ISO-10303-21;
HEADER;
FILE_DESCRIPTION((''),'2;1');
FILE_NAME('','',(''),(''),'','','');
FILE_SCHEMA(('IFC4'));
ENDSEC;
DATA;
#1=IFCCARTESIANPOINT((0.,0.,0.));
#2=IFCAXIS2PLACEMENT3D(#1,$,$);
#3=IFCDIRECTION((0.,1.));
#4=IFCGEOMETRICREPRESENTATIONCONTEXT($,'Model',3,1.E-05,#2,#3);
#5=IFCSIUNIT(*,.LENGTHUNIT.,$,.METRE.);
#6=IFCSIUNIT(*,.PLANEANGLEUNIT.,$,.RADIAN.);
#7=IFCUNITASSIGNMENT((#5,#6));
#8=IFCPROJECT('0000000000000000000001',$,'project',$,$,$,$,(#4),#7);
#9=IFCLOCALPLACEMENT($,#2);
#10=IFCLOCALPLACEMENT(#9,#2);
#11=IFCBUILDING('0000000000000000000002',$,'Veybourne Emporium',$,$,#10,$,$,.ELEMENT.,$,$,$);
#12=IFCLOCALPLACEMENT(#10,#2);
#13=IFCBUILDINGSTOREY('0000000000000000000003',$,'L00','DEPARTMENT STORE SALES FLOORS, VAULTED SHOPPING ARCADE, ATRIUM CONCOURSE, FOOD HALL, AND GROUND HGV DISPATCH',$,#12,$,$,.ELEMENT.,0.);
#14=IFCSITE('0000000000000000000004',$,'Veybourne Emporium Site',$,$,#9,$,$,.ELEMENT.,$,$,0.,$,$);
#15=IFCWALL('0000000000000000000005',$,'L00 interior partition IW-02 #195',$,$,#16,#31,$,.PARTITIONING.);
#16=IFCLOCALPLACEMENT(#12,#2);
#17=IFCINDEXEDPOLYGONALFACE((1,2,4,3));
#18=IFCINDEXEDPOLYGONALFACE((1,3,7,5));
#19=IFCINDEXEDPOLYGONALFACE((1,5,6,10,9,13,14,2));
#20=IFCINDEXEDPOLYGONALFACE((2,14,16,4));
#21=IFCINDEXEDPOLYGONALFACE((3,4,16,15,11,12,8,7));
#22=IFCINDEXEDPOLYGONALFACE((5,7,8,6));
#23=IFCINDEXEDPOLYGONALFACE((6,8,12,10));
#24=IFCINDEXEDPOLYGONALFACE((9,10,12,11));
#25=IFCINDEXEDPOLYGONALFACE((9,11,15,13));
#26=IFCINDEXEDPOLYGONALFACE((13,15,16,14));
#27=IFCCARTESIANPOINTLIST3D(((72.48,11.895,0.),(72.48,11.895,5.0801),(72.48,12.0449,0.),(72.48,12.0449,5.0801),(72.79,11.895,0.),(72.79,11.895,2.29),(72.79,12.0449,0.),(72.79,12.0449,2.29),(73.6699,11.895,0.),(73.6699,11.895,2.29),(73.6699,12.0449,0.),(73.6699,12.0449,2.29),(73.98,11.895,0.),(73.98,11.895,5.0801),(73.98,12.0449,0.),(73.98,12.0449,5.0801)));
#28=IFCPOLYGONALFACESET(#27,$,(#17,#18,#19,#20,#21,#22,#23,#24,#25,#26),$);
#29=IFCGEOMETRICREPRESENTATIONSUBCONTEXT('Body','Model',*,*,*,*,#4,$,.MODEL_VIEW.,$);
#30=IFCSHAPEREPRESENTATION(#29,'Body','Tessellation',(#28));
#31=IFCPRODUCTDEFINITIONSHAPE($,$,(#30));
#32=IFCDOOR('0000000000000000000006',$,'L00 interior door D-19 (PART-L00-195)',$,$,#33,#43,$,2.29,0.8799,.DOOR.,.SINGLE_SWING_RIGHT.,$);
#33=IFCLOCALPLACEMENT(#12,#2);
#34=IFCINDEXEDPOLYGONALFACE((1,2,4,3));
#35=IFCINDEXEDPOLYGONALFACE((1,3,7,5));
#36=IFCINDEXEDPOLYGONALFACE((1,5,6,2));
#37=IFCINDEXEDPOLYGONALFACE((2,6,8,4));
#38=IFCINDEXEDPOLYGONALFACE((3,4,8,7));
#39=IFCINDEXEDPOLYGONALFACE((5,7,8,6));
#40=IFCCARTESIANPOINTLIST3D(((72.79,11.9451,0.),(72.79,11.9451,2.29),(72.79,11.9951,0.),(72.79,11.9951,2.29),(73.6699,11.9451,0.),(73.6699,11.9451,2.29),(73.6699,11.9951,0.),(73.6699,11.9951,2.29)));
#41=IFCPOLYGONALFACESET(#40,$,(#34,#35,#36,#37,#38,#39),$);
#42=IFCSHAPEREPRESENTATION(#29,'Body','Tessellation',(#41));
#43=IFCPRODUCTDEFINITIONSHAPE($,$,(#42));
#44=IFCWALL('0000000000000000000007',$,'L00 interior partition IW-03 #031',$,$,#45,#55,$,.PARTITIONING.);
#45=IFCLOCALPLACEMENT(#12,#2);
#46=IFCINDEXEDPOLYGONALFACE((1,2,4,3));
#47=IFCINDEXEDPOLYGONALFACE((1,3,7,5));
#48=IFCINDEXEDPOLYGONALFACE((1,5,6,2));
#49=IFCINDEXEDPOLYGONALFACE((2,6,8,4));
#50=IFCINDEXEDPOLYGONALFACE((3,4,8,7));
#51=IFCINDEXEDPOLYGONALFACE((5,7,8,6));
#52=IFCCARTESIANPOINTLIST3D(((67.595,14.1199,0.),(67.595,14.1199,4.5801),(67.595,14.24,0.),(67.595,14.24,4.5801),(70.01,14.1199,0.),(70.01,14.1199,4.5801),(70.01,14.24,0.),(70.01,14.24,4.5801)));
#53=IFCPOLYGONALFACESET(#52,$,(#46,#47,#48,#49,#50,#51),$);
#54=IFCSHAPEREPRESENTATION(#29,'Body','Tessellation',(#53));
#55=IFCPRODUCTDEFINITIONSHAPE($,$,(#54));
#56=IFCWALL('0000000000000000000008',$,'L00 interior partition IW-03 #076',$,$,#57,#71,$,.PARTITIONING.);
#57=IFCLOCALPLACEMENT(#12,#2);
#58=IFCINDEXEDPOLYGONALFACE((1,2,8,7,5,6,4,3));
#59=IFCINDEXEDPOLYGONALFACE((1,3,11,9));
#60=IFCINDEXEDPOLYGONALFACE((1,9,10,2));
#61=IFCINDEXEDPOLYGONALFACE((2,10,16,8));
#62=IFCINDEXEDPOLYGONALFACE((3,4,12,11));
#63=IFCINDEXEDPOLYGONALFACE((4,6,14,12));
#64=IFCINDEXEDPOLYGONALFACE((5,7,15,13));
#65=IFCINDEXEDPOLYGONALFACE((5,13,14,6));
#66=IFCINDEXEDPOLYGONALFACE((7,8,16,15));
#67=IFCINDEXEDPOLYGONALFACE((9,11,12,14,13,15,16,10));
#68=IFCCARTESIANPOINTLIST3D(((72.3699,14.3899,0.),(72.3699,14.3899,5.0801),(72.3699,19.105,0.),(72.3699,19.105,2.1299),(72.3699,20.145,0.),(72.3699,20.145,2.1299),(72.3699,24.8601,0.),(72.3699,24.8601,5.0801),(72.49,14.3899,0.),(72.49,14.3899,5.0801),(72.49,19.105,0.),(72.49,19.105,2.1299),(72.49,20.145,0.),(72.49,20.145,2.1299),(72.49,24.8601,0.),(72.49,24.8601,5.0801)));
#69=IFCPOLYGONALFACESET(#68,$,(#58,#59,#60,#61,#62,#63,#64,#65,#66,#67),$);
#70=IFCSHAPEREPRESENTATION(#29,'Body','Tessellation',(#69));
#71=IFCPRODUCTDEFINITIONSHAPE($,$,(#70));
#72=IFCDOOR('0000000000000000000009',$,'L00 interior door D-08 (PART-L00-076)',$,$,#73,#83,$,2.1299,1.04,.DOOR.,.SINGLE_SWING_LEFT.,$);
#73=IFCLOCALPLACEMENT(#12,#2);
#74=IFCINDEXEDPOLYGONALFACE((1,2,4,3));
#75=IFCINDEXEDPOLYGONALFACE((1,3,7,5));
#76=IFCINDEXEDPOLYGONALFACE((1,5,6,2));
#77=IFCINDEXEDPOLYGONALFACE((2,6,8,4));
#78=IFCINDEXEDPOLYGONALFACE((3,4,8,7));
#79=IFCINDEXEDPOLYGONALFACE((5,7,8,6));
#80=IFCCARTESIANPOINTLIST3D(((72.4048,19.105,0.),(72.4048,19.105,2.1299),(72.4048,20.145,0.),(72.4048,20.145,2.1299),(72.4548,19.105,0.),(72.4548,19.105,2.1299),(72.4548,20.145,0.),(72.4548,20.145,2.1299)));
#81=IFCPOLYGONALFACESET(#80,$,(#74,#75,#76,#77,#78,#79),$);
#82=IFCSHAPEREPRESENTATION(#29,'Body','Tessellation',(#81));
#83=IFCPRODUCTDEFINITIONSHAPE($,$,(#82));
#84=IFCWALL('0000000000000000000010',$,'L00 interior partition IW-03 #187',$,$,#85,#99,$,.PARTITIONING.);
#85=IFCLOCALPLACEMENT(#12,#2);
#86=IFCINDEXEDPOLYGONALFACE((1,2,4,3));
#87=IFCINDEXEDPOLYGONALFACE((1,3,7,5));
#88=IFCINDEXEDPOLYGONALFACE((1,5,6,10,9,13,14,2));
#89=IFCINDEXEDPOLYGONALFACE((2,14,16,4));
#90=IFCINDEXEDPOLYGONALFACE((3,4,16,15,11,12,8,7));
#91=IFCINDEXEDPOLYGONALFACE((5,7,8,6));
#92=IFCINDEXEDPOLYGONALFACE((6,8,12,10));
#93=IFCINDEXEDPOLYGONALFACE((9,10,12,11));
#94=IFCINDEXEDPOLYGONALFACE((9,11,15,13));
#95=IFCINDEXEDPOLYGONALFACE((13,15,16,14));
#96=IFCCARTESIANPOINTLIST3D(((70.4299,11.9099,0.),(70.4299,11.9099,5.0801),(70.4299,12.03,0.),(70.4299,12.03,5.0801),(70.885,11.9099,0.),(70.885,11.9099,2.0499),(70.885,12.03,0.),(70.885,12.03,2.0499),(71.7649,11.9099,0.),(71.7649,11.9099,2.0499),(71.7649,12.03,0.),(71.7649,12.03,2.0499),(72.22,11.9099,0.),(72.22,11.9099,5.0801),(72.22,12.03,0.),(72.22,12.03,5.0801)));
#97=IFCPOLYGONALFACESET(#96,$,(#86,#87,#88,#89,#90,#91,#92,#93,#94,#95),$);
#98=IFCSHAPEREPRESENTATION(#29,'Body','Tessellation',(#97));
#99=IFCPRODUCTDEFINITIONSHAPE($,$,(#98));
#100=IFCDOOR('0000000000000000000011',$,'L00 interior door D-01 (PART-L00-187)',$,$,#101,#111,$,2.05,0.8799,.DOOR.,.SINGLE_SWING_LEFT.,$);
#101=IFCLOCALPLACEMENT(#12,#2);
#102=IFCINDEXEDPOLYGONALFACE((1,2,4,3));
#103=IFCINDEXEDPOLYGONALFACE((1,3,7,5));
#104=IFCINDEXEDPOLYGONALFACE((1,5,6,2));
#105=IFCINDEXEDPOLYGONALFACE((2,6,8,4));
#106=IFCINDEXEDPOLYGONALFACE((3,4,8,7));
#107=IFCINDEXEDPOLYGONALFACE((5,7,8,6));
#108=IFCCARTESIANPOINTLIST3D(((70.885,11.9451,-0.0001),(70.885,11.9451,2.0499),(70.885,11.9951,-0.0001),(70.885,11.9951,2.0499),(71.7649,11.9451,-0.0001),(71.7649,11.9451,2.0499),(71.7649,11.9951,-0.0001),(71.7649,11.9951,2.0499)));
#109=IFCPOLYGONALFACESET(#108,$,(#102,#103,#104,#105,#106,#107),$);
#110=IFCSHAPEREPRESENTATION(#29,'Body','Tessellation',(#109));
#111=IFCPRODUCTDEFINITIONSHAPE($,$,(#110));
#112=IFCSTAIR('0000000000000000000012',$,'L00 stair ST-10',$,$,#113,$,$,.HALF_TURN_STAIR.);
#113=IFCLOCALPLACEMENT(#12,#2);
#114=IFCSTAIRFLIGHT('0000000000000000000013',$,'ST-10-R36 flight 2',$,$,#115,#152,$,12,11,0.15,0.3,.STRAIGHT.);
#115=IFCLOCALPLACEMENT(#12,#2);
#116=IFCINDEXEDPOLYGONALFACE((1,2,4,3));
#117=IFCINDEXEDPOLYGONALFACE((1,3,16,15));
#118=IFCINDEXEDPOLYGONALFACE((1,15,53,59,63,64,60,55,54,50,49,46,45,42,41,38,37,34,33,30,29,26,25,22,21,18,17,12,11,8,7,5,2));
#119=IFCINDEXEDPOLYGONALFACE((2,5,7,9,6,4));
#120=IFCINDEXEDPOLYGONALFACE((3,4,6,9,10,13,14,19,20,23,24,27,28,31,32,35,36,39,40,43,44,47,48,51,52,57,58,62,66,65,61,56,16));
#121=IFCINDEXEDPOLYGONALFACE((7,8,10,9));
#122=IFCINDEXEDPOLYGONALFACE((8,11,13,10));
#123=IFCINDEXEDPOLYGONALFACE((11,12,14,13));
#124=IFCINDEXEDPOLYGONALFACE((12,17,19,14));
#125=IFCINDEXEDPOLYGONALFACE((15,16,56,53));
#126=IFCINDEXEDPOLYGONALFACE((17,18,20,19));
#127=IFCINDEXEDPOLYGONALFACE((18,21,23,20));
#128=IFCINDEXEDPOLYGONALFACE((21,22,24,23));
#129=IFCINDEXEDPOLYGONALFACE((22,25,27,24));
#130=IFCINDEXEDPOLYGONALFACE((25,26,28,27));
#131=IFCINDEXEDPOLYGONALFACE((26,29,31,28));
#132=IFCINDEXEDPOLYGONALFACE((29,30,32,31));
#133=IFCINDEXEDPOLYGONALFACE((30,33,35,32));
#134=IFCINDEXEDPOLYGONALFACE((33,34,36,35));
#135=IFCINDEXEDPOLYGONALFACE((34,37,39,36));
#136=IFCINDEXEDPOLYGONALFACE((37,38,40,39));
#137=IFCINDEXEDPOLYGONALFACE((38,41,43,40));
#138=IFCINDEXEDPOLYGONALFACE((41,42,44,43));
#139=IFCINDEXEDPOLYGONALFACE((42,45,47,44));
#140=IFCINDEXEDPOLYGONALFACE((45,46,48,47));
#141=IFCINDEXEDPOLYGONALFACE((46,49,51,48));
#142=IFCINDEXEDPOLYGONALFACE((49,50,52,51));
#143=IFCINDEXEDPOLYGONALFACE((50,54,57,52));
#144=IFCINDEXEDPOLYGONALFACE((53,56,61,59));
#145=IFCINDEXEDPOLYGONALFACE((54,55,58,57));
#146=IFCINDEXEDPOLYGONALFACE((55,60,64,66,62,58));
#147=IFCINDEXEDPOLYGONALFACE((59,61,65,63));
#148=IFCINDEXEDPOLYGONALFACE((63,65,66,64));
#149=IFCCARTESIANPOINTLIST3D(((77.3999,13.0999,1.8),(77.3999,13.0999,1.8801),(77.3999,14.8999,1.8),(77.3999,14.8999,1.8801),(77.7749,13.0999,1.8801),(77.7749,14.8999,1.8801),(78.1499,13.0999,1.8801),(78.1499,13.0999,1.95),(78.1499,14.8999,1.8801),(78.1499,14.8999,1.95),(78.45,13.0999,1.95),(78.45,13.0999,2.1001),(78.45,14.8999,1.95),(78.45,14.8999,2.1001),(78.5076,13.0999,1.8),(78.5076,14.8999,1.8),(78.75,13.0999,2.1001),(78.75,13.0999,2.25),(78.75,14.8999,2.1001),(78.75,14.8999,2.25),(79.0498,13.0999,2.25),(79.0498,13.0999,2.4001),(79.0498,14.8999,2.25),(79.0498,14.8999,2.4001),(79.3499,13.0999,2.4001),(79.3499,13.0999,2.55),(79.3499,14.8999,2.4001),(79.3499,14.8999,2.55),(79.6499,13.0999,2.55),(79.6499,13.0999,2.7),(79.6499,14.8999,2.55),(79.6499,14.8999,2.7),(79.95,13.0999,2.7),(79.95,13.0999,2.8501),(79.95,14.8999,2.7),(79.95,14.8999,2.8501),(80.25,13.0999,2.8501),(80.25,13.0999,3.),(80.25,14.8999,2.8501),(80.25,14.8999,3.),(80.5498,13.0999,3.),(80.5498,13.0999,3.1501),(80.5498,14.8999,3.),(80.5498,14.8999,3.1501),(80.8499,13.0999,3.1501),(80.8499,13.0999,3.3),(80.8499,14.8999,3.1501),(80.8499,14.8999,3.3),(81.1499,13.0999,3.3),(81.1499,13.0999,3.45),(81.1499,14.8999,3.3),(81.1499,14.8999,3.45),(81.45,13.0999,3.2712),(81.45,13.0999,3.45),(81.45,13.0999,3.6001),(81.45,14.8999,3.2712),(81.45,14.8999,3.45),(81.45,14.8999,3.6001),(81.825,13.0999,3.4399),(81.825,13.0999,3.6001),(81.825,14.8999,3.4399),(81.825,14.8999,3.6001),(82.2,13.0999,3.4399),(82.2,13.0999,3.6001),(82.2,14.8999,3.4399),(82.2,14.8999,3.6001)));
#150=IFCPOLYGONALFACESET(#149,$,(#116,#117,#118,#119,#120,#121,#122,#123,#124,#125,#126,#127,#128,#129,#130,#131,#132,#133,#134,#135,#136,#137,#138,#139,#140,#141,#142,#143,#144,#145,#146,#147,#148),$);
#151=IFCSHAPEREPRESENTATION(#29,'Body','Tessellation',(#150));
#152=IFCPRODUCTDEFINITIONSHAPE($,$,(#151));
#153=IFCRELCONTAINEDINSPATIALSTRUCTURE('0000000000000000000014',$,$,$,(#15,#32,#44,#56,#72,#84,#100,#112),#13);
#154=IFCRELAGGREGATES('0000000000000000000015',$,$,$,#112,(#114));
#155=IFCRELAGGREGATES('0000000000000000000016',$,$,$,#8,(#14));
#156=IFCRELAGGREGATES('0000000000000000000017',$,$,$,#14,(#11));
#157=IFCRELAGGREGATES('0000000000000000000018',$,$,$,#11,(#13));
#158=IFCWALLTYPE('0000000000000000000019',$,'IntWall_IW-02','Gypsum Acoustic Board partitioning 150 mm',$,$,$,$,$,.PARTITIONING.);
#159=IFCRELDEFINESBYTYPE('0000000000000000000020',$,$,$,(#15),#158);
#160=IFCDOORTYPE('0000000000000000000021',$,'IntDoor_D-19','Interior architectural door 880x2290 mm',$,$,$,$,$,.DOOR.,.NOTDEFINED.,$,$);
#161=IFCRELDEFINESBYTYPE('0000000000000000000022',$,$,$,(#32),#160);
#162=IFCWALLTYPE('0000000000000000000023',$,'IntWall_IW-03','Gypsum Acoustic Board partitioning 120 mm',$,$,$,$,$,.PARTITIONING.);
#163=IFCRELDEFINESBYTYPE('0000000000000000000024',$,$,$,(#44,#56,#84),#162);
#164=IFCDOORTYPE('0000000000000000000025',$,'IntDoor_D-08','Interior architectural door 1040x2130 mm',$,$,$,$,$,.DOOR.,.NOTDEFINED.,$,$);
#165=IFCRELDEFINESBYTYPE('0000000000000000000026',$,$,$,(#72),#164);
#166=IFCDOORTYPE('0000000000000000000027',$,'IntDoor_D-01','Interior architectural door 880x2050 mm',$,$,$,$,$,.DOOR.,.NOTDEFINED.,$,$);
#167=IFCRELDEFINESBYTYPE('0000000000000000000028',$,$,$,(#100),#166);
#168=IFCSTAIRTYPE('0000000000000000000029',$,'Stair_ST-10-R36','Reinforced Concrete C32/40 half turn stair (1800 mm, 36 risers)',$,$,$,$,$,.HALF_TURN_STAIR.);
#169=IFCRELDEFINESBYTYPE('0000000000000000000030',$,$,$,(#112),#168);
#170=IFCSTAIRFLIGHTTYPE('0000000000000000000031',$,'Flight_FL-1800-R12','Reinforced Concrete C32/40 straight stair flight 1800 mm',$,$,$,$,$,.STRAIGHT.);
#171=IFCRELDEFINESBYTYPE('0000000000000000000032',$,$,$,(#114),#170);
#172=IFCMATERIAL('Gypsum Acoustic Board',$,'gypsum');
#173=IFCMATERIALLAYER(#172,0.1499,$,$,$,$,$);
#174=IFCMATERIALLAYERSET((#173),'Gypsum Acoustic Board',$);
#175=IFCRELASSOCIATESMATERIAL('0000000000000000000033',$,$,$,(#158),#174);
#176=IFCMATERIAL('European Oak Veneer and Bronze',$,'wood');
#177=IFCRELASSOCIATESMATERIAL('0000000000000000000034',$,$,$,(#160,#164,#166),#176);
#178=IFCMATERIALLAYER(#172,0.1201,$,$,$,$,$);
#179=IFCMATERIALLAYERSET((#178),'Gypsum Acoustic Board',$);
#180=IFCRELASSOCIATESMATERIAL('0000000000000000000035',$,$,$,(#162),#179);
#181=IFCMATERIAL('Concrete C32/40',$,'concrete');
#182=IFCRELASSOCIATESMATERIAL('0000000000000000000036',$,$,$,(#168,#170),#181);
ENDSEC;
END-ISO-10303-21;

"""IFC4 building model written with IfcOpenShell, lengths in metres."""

from ifc_helpers import new_model, si_unit, direction, frame, frame_2d, origin, place, context, subcontext, project, spatial, polyline, rectangle, outline, extrude, material, layer, layer_set, type_object, element, fill, aggregate, save


model = new_model("IFC4")

# Units and contexts
model_context = context("Model", 3, precision=1e-05, world=origin(), true_north=direction((0.0, 1.0)))
body_context = subcontext(model_context, "Body", "Model", "MODEL_VIEW")
ifc_project = project(units=[si_unit("LENGTHUNIT", "METRE"), si_unit("PLANEANGLEUNIT", "RADIAN")], contexts=[model_context])

# Site, building, storey
site_placement = place(None, origin())
site = spatial("IfcSite", under=ifc_project, at=site_placement, Name="Veybourne Emporium Site", CompositionType="ELEMENT", RefElevation=0.0)
building_placement = place(site_placement, origin())
building = spatial("IfcBuilding", under=site, at=building_placement, Name="Veybourne Emporium", CompositionType="ELEMENT")
storey_placement = place(building_placement, origin())
storey = spatial("IfcBuildingStorey", under=building, at=storey_placement, Name="L00", Description="DEPARTMENT STORE SALES FLOORS, VAULTED SHOPPING ARCADE, ATRIUM CONCOURSE, FOOD HALL, AND GROUND HGV DISPATCH", CompositionType="ELEMENT", Elevation=0.0)

# Shared definitions
ifc_material_1 = material(Name="Concrete C32/40", Category="concrete")

# Shared definitions
ifc_material_2 = material(Name="Gypsum Acoustic Board", Category="gypsum")
ifc_material_3 = material(Name="European Oak Veneer and Bronze", Category="wood")
ifc_layer_1 = layer(ifc_material_2, 0.1499)
ifc_layer_set_1 = layer_set([ifc_layer_1], Name="Gypsum Acoustic Board")
wall_type_1 = type_object("IfcWallType", Name="IntWall_IW-02", Description="Gypsum Acoustic Board partitioning 150 mm", PredefinedType="PARTITIONING", material=ifc_layer_set_1)

# Wall, opening, door
wall_1_placement = place(storey_placement, frame((72.48, 11.97, 0.0), z_axis=(0.0, 0.0, 1.0), x_axis=(1.0, 0.0, 0.0)))
wall_1 = element("IfcWall", 1, at=wall_1_placement, inside=storey, type_object=wall_type_1, Name="L00 interior partition IW-02 #195", PredefinedType="PARTITIONING", context=body_context, shape_type="SweptSolid", body=[
    extrude(rectangle(XDim=1.5, YDim=0.1499, at=frame_2d((0.75, 0.0))), origin(), (0.0, 0.0, 1.0), 5.0801),
])
opening_1_placement = place(wall_1_placement, frame((0.3101, 0.0, 0.0)))
opening_1 = element("IfcOpeningElement", 2, at=opening_1_placement, cuts=wall_1, PredefinedType="OPENING", context=body_context, shape_type="SweptSolid", body=[
    extrude(rectangle(XDim=0.8799, YDim=2.29, at=frame_2d((0.4399, 1.145))), frame((0.0, 0.095, 0.0), z_axis=(0.0, -1.0, 0.0), x_axis=(1.0, 0.0, 0.0)), (0.0, 0.0, 1.0), 0.1899),
])
door_type_1 = type_object("IfcDoorType", Name="IntDoor_D-19", Description="Interior architectural door 880x2290 mm", OperationType="NOTDEFINED", PredefinedType="DOOR", material=ifc_material_3)
door_1_placement = place(opening_1_placement, frame((0.8799, 0.0, 0.0), z_axis=(0.0, 0.0, 1.0), x_axis=(-1.0, 0.0, 0.0)))
door_1 = element("IfcDoor", 3, at=door_1_placement, inside=storey, type_object=door_type_1, Name="L00 interior door D-19 (PART-L00-195)", OperationType="SINGLE_SWING_RIGHT", OverallHeight=2.29, OverallWidth=0.8799, PredefinedType="DOOR", context=body_context, shape_type="SweptSolid", body=[
    extrude(rectangle(XDim=0.8799, YDim=2.29, at=frame_2d((0.4399, 1.145))), frame((0.0, 0.0249, 0.0), z_axis=(0.0, -1.0, 0.0), x_axis=(1.0, 0.0, 0.0)), (0.0, 0.0, 1.0), 0.05),
])
fill(opening_1, door_1)

# Wall
ifc_layer_2 = layer(ifc_material_2, 0.1201)
ifc_layer_set_2 = layer_set([ifc_layer_2], Name="Gypsum Acoustic Board")
wall_type_2 = type_object("IfcWallType", Name="IntWall_IW-03", Description="Gypsum Acoustic Board partitioning 120 mm", PredefinedType="PARTITIONING", material=ifc_layer_set_2)
wall_2_placement = place(storey_placement, frame((67.595, 14.1799, 0.0), z_axis=(0.0, 0.0, 1.0), x_axis=(1.0, 0.0, 0.0)))
element("IfcWall", 4, at=wall_2_placement, inside=storey, type_object=wall_type_2, Name="L00 interior partition IW-03 #031", PredefinedType="PARTITIONING", context=body_context, shape_type="SweptSolid", body=[
    extrude(rectangle(XDim=2.415, YDim=0.1201, at=frame_2d((1.2075, 0.0))), origin(), (0.0, 0.0, 1.0), 4.5801),
])

# Walls, openings, doors
wall_3_placement = place(storey_placement, frame((72.4299, 14.3899, 0.0), z_axis=(0.0, 0.0, 1.0), x_axis=(0.0, 1.0, 0.0)))
wall_3 = element("IfcWall", 5, at=wall_3_placement, inside=storey, type_object=wall_type_2, Name="L00 interior partition IW-03 #076", PredefinedType="PARTITIONING", context=body_context, shape_type="SweptSolid", body=[
    extrude(rectangle(XDim=10.4702, YDim=0.1201, at=frame_2d((5.2351, 0.0))), origin(), (0.0, 0.0, 1.0), 5.0801),
])
opening_2_placement = place(wall_3_placement, frame((4.7151, 0.0, 0.0)))
opening_2 = element("IfcOpeningElement", 6, at=opening_2_placement, cuts=wall_3, PredefinedType="OPENING", context=body_context, shape_type="SweptSolid", body=[
    extrude(rectangle(XDim=1.04, YDim=2.1299, at=frame_2d((0.52, 1.0649))), frame((0.0, 0.0801, 0.0), z_axis=(0.0, -1.0, 0.0), x_axis=(1.0, 0.0, 0.0)), (0.0, 0.0, 1.0), 0.1602),
])
door_type_2 = type_object("IfcDoorType", Name="IntDoor_D-08", Description="Interior architectural door 1040x2130 mm", OperationType="NOTDEFINED", PredefinedType="DOOR", material=ifc_material_3)
door_2_placement = place(opening_2_placement, frame((1.04, 0.0, 0.0), z_axis=(0.0, 0.0, 1.0), x_axis=(-1.0, 0.0, 0.0)))
door_2 = element("IfcDoor", 7, at=door_2_placement, inside=storey, type_object=door_type_2, Name="L00 interior door D-08 (PART-L00-076)", OperationType="SINGLE_SWING_LEFT", OverallHeight=2.1299, OverallWidth=1.04, PredefinedType="DOOR", context=body_context, shape_type="SweptSolid", body=[
    extrude(rectangle(XDim=1.04, YDim=2.1299, at=frame_2d((0.52, 1.0649))), frame((0.0, 0.0249, 0.0), z_axis=(0.0, -1.0, 0.0), x_axis=(1.0, 0.0, 0.0)), (0.0, 0.0, 1.0), 0.05),
])
fill(opening_2, door_2)
wall_4_placement = place(storey_placement, frame((70.4299, 11.97, 0.0), z_axis=(0.0, 0.0, 1.0), x_axis=(1.0, 0.0, 0.0)))
wall_4 = element("IfcWall", 8, at=wall_4_placement, inside=storey, type_object=wall_type_2, Name="L00 interior partition IW-03 #187", PredefinedType="PARTITIONING", context=body_context, shape_type="SweptSolid", body=[
    extrude(rectangle(XDim=1.79, YDim=0.1201, at=frame_2d((0.895, 0.0))), origin(), (0.0, 0.0, 1.0), 5.0801),
])
opening_3_placement = place(wall_4_placement, frame((0.4551, 0.0, 0.0)))
opening_3 = element("IfcOpeningElement", 9, at=opening_3_placement, cuts=wall_4, PredefinedType="OPENING", context=body_context, shape_type="SweptSolid", body=[
    extrude(rectangle(XDim=0.8799, YDim=2.05, at=frame_2d((0.4399, 1.0249))), frame((0.0, 0.0801, 0.0), z_axis=(0.0, -1.0, 0.0), x_axis=(1.0, 0.0, 0.0)), (0.0, 0.0, 1.0), 0.1602),
])
door_type_3 = type_object("IfcDoorType", Name="IntDoor_D-01", Description="Interior architectural door 880x2050 mm", OperationType="NOTDEFINED", PredefinedType="DOOR", material=ifc_material_3)
door_3_placement = place(opening_3_placement, frame((0.8799, 0.0, 0.0), z_axis=(0.0, 0.0, 1.0), x_axis=(-1.0, 0.0, 0.0)))
door_3 = element("IfcDoor", 10, at=door_3_placement, inside=storey, type_object=door_type_3, Name="L00 interior door D-01 (PART-L00-187)", OperationType="SINGLE_SWING_LEFT", OverallHeight=2.05, OverallWidth=0.8799, PredefinedType="DOOR", context=body_context, shape_type="SweptSolid", body=[
    extrude(rectangle(XDim=0.8799, YDim=2.05, at=frame_2d((0.4399, 1.0249))), frame((0.0, 0.0249, 0.0), z_axis=(0.0, -1.0, 0.0), x_axis=(1.0, 0.0, 0.0)), (0.0, 0.0, 1.0), 0.05),
])
fill(opening_3, door_3)

# Stair, stair flight
stair_type = type_object("IfcStairType", Name="Stair_ST-10-R36", Description="Reinforced Concrete C32/40 half turn stair (1800 mm, 36 risers)", PredefinedType="HALF_TURN_STAIR", material=ifc_material_1)
stair_placement = place(storey_placement, origin())
stair = element("IfcStair", 11, at=stair_placement, inside=storey, type_object=stair_type, Name="L00 stair ST-10", PredefinedType="HALF_TURN_STAIR")
stair_flight_type = type_object("IfcStairFlightType", Name="Flight_FL-1800-R12", Description="Reinforced Concrete C32/40 straight stair flight 1800 mm", PredefinedType="STRAIGHT", material=ifc_material_1)
stair_flight_placement = place(storey_placement, frame((78.1499, 14.0, 1.8), z_axis=(0.0, 0.0, 1.0), x_axis=(1.0, 0.0, 0.0)))
stair_flight = element("IfcStairFlight", 12, at=stair_flight_placement, type_object=stair_flight_type, Name="ST-10-R36 flight 2", NumberOfRisers=12, NumberOfTreads=11, PredefinedType="STRAIGHT", RiserHeight=0.15, TreadLength=0.3, context=body_context, shape_type="SweptSolid", body=[
    extrude(outline(polyline([(-0.75, 0.0), (-0.75, 0.0801), (-0.375, 0.0801), (0.0, 0.0801), (0.0, 0.1499), (0.3, 0.1499), (0.3, 0.3), (0.6001, 0.3), (0.6001, 0.45), (0.8999, 0.45), (0.8999, 0.6001), (1.2, 0.6001), (1.2, 0.75), (1.5, 0.75), (1.5, 0.8999), (1.8, 0.8999), (1.8, 1.05), (2.1001, 1.05), (2.1001, 1.2), (2.3999, 1.2), (2.3999, 1.3501), (2.7, 1.3501), (2.7, 1.5), (3.0, 1.5), (3.0, 1.6499), (3.3, 1.6499), (3.3, 1.8), (3.675, 1.8), (4.05, 1.8), (4.05, 1.6399), (3.675, 1.6399), (3.3, 1.4712), (0.3577, 0.0), (-0.75, 0.0)])), frame((0.0, 0.8999, 0.0), z_axis=(0.0, -1.0, 0.0), x_axis=(1.0, 0.0, 0.0)), (0.0, 0.0, 1.0), 1.8),
])
aggregate(stair, [stair_flight])

save(model, "model.ifc")
